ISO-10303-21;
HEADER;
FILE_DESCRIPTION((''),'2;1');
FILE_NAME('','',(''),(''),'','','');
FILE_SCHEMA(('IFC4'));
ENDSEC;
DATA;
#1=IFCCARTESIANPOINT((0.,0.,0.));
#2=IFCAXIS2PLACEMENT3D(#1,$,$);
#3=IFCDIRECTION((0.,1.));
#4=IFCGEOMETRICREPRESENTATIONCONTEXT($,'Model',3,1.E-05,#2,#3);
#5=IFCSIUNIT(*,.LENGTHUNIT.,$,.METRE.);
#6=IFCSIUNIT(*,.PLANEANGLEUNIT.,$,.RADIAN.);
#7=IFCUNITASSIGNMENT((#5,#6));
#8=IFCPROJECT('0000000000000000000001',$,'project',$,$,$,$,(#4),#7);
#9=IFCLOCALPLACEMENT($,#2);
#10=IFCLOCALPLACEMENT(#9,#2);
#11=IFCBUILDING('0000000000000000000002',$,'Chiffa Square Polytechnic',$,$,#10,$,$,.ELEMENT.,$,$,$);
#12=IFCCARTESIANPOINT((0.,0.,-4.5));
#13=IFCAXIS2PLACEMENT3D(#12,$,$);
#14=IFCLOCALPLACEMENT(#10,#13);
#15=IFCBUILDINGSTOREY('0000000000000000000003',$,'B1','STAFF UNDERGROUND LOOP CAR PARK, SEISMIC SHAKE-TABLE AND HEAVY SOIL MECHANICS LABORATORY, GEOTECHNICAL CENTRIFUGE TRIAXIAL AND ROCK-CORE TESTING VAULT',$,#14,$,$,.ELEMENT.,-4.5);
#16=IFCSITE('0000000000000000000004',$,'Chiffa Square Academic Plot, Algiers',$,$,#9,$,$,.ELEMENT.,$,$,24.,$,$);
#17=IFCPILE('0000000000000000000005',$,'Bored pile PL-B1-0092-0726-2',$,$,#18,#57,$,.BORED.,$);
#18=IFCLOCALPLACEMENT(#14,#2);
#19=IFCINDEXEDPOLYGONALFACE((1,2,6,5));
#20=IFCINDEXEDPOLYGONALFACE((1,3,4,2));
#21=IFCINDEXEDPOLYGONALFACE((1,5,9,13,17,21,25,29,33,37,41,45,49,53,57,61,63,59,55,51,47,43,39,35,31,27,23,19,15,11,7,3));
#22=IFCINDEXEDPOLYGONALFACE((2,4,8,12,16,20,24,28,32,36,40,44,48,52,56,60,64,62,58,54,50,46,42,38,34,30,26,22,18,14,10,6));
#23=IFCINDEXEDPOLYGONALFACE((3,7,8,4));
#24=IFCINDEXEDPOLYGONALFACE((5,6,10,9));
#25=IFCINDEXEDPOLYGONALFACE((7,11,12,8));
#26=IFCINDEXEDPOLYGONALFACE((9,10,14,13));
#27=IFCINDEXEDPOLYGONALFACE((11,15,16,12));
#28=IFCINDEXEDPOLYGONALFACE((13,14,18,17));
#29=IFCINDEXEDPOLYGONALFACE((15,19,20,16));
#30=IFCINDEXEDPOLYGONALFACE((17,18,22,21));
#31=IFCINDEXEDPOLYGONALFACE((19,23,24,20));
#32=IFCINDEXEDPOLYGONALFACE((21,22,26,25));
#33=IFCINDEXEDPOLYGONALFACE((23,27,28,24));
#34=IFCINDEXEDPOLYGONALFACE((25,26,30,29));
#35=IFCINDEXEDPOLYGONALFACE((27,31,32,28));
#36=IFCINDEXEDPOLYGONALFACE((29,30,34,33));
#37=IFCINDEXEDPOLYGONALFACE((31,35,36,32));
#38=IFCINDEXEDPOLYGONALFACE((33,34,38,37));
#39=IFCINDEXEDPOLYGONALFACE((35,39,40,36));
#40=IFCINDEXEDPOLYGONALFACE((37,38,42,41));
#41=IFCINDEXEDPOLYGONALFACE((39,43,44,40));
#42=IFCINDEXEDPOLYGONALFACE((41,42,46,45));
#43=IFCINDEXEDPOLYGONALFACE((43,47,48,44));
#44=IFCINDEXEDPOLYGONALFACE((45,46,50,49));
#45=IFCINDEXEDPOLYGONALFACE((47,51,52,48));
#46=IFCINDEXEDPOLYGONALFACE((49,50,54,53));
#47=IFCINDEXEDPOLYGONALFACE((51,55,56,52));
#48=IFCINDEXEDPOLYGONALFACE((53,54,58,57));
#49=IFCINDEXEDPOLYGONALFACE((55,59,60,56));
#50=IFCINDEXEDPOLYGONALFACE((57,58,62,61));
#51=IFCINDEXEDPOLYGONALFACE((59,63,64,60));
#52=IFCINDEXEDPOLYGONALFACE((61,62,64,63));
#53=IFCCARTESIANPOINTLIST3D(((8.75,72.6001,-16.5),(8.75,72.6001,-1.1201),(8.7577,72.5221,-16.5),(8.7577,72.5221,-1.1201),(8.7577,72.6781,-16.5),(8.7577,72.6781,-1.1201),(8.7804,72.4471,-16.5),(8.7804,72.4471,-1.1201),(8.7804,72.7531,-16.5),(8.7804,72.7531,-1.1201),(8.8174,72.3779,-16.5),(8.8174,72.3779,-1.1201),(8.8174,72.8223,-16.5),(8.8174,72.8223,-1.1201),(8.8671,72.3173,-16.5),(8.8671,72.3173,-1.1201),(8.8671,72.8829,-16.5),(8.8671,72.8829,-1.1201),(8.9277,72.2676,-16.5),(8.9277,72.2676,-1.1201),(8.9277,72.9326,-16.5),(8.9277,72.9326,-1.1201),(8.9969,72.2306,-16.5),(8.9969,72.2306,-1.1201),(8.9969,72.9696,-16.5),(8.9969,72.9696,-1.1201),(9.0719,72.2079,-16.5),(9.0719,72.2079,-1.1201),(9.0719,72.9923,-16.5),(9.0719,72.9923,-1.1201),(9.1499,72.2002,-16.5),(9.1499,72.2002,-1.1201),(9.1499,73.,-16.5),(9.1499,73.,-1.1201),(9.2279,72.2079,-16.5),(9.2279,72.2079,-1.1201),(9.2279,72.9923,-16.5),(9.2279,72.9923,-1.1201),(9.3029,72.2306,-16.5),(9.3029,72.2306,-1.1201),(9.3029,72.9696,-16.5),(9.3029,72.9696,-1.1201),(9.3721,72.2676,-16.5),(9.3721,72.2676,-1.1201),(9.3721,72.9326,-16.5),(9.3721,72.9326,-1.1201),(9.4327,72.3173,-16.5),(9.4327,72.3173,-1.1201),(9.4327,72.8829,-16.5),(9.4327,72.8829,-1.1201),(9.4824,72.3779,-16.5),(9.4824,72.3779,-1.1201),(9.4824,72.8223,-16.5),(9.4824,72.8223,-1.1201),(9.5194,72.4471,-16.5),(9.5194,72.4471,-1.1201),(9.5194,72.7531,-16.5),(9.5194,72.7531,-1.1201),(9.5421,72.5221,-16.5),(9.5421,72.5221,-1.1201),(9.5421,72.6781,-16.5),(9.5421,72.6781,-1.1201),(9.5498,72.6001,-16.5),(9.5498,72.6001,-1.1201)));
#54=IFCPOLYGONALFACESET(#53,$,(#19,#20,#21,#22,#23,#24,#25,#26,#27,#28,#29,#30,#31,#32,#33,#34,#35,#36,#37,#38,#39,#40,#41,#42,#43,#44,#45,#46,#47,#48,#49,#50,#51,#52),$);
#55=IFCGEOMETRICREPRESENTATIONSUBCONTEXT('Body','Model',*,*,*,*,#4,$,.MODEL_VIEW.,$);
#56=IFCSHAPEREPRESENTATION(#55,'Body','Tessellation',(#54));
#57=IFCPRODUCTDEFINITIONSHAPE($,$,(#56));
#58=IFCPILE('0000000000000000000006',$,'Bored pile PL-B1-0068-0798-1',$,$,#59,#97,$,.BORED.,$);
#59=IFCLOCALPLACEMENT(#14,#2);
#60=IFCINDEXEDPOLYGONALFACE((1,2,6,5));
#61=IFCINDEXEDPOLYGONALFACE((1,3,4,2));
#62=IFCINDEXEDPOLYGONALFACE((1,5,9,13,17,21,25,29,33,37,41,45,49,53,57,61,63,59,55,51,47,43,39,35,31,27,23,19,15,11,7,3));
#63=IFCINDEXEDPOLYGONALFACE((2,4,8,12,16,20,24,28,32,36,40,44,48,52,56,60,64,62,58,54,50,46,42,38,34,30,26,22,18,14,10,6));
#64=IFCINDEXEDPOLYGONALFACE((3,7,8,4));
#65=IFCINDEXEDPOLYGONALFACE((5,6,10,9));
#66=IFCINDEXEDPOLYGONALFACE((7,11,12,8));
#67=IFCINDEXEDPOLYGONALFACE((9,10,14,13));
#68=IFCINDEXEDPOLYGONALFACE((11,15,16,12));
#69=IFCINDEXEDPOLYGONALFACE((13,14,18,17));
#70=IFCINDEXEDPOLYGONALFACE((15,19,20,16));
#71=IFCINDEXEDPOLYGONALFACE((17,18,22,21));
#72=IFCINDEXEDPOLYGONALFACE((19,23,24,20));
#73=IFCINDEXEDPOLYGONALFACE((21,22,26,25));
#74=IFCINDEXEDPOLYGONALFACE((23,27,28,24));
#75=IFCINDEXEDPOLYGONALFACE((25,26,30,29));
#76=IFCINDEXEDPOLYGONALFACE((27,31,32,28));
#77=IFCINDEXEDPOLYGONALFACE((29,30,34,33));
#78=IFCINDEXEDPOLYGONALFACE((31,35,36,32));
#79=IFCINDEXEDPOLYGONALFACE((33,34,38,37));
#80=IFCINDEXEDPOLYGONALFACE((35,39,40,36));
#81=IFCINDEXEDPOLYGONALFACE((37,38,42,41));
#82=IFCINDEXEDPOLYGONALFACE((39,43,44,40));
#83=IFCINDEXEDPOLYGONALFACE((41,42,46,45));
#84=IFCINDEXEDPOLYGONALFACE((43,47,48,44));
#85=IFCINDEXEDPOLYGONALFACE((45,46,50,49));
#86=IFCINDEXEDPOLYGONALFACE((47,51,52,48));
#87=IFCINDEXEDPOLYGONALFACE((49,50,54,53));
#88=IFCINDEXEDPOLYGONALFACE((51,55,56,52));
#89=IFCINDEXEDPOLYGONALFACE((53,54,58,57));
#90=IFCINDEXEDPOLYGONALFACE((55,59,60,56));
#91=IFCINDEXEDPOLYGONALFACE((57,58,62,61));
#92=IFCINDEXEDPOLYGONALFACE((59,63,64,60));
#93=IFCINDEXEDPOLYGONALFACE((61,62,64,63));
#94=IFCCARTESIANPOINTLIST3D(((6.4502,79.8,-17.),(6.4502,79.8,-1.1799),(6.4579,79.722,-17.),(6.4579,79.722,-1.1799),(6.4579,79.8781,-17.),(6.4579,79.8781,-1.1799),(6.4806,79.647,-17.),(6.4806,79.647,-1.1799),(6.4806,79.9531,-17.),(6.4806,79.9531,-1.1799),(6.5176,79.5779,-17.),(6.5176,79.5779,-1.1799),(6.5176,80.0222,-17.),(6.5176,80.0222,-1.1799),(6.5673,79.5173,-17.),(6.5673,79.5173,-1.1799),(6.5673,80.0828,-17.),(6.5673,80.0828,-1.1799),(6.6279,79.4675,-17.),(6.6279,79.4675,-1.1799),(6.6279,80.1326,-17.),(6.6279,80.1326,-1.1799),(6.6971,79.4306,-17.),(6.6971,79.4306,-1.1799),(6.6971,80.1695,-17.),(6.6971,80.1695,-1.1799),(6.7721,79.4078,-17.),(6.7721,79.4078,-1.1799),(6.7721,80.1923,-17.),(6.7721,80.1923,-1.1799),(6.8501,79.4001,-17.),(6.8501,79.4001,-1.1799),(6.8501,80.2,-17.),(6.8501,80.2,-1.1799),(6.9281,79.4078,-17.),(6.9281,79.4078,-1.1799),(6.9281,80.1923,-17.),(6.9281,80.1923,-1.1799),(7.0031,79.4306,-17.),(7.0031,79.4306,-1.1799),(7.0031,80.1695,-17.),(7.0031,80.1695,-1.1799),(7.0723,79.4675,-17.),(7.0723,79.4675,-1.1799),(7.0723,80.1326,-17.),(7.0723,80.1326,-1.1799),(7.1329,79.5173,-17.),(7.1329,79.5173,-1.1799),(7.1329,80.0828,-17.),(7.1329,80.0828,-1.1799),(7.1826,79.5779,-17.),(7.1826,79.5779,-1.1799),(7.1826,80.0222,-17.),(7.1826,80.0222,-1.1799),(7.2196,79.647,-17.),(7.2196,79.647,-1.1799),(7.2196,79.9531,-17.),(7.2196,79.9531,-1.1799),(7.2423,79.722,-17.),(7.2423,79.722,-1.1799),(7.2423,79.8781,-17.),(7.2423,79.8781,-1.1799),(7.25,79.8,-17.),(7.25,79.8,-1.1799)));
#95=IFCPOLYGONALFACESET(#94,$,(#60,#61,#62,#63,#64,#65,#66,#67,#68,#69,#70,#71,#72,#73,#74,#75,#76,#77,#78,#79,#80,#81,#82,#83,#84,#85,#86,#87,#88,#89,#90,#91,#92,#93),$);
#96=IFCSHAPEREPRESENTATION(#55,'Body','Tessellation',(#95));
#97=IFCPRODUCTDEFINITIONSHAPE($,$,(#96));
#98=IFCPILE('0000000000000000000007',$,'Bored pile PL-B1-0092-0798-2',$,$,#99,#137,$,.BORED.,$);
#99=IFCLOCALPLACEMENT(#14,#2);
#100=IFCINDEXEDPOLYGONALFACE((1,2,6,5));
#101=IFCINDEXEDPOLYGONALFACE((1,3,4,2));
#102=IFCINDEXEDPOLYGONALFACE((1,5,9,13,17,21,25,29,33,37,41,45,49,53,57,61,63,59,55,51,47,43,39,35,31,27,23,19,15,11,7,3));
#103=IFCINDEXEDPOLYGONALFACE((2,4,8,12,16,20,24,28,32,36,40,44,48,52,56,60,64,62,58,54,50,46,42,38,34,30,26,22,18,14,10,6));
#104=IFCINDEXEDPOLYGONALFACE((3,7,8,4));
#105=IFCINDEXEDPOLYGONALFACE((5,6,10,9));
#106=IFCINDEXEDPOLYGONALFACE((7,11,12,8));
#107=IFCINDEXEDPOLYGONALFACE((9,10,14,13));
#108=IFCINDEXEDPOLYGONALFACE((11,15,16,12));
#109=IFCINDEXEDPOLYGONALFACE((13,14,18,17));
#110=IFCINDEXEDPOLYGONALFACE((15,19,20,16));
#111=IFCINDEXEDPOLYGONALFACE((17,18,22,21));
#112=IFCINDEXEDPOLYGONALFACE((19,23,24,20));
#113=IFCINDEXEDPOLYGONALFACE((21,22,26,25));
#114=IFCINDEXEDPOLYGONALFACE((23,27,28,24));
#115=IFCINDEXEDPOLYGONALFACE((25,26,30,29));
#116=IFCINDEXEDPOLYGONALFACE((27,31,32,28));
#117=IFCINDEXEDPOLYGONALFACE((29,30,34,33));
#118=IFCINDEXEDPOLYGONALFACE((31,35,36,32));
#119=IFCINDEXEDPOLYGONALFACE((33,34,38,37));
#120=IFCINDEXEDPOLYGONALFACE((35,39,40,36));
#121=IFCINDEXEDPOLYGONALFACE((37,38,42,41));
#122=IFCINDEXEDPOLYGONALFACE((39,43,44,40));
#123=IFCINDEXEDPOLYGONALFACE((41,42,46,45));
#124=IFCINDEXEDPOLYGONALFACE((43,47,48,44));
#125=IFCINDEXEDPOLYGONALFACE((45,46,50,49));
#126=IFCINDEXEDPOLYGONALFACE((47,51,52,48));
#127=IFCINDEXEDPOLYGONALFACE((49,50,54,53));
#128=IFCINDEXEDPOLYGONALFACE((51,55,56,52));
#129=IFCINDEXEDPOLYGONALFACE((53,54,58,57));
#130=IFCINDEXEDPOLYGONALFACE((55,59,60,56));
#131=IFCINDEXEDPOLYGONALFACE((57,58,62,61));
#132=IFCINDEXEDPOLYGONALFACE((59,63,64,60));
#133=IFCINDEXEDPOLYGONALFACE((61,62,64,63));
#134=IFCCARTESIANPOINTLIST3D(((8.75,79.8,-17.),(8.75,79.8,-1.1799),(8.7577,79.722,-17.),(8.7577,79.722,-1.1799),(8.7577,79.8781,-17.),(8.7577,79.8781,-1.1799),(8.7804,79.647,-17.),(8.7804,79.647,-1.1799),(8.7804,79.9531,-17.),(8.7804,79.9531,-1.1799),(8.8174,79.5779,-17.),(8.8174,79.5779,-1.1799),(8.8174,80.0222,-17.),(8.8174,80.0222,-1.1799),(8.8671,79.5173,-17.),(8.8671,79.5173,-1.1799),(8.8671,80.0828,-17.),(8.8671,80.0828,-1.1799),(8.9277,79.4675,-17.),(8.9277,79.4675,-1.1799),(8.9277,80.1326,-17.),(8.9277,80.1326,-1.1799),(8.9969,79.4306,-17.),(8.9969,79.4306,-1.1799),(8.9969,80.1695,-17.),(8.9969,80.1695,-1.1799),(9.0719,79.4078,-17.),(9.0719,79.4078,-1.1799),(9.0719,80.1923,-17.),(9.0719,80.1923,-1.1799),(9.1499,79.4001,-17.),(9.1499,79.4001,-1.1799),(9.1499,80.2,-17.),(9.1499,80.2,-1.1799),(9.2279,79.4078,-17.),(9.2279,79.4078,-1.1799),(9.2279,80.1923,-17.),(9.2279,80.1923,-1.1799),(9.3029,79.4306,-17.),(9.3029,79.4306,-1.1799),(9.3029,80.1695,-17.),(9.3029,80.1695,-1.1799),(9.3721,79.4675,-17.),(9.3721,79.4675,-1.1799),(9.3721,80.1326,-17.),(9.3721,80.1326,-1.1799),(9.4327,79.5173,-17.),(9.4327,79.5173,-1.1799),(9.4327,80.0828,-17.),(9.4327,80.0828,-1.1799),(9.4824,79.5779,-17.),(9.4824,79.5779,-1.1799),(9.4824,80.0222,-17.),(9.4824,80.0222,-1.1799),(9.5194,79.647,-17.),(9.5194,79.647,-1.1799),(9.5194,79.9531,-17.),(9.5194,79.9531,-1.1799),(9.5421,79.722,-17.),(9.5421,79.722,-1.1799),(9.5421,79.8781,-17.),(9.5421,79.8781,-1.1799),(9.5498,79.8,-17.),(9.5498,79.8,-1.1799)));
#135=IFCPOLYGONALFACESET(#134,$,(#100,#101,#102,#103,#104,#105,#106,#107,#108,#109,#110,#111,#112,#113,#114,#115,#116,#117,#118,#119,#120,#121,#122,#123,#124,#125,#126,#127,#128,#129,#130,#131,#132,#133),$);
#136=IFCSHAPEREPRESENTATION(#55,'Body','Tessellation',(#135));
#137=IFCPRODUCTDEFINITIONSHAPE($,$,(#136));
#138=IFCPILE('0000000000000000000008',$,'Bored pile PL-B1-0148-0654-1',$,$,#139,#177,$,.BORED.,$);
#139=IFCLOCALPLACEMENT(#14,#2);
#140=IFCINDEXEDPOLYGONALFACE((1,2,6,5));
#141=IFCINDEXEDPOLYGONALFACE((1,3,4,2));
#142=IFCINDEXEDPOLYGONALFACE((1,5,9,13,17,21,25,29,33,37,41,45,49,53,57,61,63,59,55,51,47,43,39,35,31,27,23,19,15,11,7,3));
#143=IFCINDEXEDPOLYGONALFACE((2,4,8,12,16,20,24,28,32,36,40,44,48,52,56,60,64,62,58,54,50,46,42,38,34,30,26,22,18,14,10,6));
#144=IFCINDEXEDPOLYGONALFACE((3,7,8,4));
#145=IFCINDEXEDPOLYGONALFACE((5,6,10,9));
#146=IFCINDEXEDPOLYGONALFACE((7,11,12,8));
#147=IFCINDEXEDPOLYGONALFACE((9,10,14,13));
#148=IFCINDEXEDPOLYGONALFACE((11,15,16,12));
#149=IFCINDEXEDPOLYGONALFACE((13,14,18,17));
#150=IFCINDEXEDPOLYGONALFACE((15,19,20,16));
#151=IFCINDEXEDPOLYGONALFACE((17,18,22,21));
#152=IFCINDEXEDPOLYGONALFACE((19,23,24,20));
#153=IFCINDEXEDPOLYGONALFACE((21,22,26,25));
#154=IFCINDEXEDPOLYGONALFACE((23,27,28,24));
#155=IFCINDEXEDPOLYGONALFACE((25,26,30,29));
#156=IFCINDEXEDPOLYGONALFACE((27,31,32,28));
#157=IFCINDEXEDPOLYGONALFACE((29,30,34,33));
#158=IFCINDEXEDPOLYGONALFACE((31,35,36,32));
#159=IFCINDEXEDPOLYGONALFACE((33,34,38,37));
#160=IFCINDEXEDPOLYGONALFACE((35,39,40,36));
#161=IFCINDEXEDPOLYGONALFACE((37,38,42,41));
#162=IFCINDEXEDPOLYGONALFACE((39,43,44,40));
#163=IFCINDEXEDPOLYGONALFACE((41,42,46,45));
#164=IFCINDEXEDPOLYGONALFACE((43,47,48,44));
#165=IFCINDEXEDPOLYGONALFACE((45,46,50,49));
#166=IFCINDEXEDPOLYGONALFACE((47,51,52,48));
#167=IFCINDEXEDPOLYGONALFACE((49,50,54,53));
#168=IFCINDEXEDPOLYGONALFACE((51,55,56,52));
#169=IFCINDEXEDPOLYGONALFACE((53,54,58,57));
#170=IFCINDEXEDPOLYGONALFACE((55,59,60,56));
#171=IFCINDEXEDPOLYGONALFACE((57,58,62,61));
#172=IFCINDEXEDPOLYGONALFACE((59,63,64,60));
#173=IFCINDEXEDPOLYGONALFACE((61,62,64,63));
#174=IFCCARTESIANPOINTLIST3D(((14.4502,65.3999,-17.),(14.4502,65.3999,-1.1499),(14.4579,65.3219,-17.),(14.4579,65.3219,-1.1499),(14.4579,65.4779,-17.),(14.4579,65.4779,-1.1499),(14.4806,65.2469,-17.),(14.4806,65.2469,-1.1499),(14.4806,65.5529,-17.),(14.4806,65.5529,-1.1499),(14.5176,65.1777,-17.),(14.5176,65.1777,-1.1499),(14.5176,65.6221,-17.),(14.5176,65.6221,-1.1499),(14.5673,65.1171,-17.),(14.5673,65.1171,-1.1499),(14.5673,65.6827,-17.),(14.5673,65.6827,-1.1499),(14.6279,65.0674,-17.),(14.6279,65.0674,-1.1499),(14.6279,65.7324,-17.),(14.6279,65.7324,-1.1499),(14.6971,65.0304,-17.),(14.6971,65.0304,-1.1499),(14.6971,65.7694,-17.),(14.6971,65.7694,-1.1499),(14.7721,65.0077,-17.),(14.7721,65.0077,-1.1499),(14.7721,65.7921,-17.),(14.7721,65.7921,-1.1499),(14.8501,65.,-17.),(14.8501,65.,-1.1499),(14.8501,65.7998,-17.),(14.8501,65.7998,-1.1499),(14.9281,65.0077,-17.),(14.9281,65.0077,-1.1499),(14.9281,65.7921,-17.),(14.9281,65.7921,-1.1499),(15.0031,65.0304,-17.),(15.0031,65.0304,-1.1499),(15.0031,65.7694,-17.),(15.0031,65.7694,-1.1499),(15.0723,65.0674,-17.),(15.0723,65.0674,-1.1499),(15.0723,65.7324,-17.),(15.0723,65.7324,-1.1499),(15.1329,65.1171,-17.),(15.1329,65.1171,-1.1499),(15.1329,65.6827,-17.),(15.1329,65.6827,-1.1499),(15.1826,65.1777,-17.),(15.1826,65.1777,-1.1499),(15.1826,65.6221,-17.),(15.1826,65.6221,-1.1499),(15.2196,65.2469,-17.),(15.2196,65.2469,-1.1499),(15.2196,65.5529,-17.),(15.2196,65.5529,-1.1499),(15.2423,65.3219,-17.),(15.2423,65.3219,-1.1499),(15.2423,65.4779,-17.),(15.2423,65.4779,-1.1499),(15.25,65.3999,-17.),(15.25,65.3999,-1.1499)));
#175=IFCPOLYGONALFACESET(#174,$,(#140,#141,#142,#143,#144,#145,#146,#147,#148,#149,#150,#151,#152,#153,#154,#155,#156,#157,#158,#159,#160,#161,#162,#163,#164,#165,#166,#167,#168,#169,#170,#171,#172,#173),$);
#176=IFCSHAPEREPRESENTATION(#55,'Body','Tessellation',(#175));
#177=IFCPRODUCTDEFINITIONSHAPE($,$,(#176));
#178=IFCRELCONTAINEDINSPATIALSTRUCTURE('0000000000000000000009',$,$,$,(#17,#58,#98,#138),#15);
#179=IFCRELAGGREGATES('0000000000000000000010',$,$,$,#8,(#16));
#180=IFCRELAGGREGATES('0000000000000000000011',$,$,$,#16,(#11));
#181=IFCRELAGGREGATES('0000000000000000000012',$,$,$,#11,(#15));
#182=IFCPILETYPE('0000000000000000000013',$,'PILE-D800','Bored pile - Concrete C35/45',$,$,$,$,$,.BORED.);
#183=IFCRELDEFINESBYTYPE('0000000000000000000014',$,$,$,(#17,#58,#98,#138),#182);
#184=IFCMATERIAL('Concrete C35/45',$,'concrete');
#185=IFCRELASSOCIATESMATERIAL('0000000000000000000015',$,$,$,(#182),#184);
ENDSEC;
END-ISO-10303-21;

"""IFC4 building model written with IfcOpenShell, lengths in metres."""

from ifc_helpers import new_model, si_unit, direction, frame, origin, origin_2d, place, context, subcontext, project, spatial, circle, extrude, material, material_profile, profile_set, type_object, element, save


model = new_model("IFC4")

# Units and contexts
model_context = context("Model", 3, precision=1e-05, world=origin(), true_north=direction((0.0, 1.0)))
body_context = subcontext(model_context, "Body", "Model", "MODEL_VIEW")
ifc_project = project(units=[si_unit("LENGTHUNIT", "METRE"), si_unit("PLANEANGLEUNIT", "RADIAN")], contexts=[model_context])

# Site, building, storey
site_placement = place(None, origin())
site = spatial("IfcSite", under=ifc_project, at=site_placement, Name="Chiffa Square Academic Plot, Algiers", CompositionType="ELEMENT", RefElevation=24.0)
building_placement = place(site_placement, origin())
building = spatial("IfcBuilding", under=site, at=building_placement, Name="Chiffa Square Polytechnic", CompositionType="ELEMENT")
storey_placement = place(building_placement, frame((0.0, 0.0, -4.5)))
storey = spatial("IfcBuildingStorey", under=building, at=storey_placement, Name="B1", Description="STAFF UNDERGROUND LOOP CAR PARK, SEISMIC SHAKE-TABLE AND HEAVY SOIL MECHANICS LABORATORY, GEOTECHNICAL CENTRIFUGE TRIAXIAL AND ROCK-CORE TESTING VAULT", CompositionType="ELEMENT", Elevation=-4.5)

# Shared definitions
ifc_material = material(Name="Concrete C35/45", Category="concrete")

# Piles
ifc_material_profile_1 = material_profile(ifc_material, circle(Radius=0.3999, at=origin_2d()), Name="PILE D800")
ifc_profile_set_1 = profile_set([ifc_material_profile_1], Name="Concrete C35/45")
pile_type_1 = type_object("IfcPileType", Name="PILE-D800", Description="Bored pile - Concrete C35/45", PredefinedType="BORED", material=ifc_profile_set_1)
for number, where, z_axis, x_axis, name in (
    (1, (9.1499, 72.6001, -1.1201), (0.0, 0.0, -1.0), (1.0, 0.0, 0.0), "Bored pile PL-B1-0092-0726-2"),
):
    element("IfcPile", number, at=place(storey_placement, frame(where, z_axis=z_axis, x_axis=x_axis)), inside=storey, type_object=pile_type_1, Name=name, PredefinedType="BORED", context=body_context, shape_type="SweptSolid", body=[
        extrude(circle(Radius=0.3999, at=origin_2d()), origin(), (0.0, 0.0, 1.0), 15.3799),
    ])
for number, where, z_axis, x_axis, name in (
    (2, (6.8501, 79.8, -1.1799), (0.0, 0.0, -1.0), (1.0, 0.0, 0.0), "Bored pile PL-B1-0068-0798-1"),
    (3, (9.1499, 79.8, -1.1799), (0.0, 0.0, -1.0), (1.0, 0.0, 0.0), "Bored pile PL-B1-0092-0798-2"),
):
    element("IfcPile", number, at=place(storey_placement, frame(where, z_axis=z_axis, x_axis=x_axis)), inside=storey, type_object=pile_type_1, Name=name, PredefinedType="BORED", context=body_context, shape_type="SweptSolid", body=[
        extrude(circle(Radius=0.3999, at=origin_2d()), origin(), (0.0, 0.0, 1.0), 15.8201),
    ])
pile_1_placement = place(storey_placement, frame((14.8501, 65.3999, -1.1499), z_axis=(0.0, 0.0, -1.0), x_axis=(1.0, 0.0, 0.0)))
element("IfcPile", 4, at=pile_1_placement, inside=storey, type_object=pile_type_1, Name="Bored pile PL-B1-0148-0654-1", PredefinedType="BORED", context=body_context, shape_type="SweptSolid", body=[
    extrude(circle(Radius=0.3999, at=origin_2d()), origin(), (0.0, 0.0, 1.0), 15.8501),
])

save(model, "model.ifc")
